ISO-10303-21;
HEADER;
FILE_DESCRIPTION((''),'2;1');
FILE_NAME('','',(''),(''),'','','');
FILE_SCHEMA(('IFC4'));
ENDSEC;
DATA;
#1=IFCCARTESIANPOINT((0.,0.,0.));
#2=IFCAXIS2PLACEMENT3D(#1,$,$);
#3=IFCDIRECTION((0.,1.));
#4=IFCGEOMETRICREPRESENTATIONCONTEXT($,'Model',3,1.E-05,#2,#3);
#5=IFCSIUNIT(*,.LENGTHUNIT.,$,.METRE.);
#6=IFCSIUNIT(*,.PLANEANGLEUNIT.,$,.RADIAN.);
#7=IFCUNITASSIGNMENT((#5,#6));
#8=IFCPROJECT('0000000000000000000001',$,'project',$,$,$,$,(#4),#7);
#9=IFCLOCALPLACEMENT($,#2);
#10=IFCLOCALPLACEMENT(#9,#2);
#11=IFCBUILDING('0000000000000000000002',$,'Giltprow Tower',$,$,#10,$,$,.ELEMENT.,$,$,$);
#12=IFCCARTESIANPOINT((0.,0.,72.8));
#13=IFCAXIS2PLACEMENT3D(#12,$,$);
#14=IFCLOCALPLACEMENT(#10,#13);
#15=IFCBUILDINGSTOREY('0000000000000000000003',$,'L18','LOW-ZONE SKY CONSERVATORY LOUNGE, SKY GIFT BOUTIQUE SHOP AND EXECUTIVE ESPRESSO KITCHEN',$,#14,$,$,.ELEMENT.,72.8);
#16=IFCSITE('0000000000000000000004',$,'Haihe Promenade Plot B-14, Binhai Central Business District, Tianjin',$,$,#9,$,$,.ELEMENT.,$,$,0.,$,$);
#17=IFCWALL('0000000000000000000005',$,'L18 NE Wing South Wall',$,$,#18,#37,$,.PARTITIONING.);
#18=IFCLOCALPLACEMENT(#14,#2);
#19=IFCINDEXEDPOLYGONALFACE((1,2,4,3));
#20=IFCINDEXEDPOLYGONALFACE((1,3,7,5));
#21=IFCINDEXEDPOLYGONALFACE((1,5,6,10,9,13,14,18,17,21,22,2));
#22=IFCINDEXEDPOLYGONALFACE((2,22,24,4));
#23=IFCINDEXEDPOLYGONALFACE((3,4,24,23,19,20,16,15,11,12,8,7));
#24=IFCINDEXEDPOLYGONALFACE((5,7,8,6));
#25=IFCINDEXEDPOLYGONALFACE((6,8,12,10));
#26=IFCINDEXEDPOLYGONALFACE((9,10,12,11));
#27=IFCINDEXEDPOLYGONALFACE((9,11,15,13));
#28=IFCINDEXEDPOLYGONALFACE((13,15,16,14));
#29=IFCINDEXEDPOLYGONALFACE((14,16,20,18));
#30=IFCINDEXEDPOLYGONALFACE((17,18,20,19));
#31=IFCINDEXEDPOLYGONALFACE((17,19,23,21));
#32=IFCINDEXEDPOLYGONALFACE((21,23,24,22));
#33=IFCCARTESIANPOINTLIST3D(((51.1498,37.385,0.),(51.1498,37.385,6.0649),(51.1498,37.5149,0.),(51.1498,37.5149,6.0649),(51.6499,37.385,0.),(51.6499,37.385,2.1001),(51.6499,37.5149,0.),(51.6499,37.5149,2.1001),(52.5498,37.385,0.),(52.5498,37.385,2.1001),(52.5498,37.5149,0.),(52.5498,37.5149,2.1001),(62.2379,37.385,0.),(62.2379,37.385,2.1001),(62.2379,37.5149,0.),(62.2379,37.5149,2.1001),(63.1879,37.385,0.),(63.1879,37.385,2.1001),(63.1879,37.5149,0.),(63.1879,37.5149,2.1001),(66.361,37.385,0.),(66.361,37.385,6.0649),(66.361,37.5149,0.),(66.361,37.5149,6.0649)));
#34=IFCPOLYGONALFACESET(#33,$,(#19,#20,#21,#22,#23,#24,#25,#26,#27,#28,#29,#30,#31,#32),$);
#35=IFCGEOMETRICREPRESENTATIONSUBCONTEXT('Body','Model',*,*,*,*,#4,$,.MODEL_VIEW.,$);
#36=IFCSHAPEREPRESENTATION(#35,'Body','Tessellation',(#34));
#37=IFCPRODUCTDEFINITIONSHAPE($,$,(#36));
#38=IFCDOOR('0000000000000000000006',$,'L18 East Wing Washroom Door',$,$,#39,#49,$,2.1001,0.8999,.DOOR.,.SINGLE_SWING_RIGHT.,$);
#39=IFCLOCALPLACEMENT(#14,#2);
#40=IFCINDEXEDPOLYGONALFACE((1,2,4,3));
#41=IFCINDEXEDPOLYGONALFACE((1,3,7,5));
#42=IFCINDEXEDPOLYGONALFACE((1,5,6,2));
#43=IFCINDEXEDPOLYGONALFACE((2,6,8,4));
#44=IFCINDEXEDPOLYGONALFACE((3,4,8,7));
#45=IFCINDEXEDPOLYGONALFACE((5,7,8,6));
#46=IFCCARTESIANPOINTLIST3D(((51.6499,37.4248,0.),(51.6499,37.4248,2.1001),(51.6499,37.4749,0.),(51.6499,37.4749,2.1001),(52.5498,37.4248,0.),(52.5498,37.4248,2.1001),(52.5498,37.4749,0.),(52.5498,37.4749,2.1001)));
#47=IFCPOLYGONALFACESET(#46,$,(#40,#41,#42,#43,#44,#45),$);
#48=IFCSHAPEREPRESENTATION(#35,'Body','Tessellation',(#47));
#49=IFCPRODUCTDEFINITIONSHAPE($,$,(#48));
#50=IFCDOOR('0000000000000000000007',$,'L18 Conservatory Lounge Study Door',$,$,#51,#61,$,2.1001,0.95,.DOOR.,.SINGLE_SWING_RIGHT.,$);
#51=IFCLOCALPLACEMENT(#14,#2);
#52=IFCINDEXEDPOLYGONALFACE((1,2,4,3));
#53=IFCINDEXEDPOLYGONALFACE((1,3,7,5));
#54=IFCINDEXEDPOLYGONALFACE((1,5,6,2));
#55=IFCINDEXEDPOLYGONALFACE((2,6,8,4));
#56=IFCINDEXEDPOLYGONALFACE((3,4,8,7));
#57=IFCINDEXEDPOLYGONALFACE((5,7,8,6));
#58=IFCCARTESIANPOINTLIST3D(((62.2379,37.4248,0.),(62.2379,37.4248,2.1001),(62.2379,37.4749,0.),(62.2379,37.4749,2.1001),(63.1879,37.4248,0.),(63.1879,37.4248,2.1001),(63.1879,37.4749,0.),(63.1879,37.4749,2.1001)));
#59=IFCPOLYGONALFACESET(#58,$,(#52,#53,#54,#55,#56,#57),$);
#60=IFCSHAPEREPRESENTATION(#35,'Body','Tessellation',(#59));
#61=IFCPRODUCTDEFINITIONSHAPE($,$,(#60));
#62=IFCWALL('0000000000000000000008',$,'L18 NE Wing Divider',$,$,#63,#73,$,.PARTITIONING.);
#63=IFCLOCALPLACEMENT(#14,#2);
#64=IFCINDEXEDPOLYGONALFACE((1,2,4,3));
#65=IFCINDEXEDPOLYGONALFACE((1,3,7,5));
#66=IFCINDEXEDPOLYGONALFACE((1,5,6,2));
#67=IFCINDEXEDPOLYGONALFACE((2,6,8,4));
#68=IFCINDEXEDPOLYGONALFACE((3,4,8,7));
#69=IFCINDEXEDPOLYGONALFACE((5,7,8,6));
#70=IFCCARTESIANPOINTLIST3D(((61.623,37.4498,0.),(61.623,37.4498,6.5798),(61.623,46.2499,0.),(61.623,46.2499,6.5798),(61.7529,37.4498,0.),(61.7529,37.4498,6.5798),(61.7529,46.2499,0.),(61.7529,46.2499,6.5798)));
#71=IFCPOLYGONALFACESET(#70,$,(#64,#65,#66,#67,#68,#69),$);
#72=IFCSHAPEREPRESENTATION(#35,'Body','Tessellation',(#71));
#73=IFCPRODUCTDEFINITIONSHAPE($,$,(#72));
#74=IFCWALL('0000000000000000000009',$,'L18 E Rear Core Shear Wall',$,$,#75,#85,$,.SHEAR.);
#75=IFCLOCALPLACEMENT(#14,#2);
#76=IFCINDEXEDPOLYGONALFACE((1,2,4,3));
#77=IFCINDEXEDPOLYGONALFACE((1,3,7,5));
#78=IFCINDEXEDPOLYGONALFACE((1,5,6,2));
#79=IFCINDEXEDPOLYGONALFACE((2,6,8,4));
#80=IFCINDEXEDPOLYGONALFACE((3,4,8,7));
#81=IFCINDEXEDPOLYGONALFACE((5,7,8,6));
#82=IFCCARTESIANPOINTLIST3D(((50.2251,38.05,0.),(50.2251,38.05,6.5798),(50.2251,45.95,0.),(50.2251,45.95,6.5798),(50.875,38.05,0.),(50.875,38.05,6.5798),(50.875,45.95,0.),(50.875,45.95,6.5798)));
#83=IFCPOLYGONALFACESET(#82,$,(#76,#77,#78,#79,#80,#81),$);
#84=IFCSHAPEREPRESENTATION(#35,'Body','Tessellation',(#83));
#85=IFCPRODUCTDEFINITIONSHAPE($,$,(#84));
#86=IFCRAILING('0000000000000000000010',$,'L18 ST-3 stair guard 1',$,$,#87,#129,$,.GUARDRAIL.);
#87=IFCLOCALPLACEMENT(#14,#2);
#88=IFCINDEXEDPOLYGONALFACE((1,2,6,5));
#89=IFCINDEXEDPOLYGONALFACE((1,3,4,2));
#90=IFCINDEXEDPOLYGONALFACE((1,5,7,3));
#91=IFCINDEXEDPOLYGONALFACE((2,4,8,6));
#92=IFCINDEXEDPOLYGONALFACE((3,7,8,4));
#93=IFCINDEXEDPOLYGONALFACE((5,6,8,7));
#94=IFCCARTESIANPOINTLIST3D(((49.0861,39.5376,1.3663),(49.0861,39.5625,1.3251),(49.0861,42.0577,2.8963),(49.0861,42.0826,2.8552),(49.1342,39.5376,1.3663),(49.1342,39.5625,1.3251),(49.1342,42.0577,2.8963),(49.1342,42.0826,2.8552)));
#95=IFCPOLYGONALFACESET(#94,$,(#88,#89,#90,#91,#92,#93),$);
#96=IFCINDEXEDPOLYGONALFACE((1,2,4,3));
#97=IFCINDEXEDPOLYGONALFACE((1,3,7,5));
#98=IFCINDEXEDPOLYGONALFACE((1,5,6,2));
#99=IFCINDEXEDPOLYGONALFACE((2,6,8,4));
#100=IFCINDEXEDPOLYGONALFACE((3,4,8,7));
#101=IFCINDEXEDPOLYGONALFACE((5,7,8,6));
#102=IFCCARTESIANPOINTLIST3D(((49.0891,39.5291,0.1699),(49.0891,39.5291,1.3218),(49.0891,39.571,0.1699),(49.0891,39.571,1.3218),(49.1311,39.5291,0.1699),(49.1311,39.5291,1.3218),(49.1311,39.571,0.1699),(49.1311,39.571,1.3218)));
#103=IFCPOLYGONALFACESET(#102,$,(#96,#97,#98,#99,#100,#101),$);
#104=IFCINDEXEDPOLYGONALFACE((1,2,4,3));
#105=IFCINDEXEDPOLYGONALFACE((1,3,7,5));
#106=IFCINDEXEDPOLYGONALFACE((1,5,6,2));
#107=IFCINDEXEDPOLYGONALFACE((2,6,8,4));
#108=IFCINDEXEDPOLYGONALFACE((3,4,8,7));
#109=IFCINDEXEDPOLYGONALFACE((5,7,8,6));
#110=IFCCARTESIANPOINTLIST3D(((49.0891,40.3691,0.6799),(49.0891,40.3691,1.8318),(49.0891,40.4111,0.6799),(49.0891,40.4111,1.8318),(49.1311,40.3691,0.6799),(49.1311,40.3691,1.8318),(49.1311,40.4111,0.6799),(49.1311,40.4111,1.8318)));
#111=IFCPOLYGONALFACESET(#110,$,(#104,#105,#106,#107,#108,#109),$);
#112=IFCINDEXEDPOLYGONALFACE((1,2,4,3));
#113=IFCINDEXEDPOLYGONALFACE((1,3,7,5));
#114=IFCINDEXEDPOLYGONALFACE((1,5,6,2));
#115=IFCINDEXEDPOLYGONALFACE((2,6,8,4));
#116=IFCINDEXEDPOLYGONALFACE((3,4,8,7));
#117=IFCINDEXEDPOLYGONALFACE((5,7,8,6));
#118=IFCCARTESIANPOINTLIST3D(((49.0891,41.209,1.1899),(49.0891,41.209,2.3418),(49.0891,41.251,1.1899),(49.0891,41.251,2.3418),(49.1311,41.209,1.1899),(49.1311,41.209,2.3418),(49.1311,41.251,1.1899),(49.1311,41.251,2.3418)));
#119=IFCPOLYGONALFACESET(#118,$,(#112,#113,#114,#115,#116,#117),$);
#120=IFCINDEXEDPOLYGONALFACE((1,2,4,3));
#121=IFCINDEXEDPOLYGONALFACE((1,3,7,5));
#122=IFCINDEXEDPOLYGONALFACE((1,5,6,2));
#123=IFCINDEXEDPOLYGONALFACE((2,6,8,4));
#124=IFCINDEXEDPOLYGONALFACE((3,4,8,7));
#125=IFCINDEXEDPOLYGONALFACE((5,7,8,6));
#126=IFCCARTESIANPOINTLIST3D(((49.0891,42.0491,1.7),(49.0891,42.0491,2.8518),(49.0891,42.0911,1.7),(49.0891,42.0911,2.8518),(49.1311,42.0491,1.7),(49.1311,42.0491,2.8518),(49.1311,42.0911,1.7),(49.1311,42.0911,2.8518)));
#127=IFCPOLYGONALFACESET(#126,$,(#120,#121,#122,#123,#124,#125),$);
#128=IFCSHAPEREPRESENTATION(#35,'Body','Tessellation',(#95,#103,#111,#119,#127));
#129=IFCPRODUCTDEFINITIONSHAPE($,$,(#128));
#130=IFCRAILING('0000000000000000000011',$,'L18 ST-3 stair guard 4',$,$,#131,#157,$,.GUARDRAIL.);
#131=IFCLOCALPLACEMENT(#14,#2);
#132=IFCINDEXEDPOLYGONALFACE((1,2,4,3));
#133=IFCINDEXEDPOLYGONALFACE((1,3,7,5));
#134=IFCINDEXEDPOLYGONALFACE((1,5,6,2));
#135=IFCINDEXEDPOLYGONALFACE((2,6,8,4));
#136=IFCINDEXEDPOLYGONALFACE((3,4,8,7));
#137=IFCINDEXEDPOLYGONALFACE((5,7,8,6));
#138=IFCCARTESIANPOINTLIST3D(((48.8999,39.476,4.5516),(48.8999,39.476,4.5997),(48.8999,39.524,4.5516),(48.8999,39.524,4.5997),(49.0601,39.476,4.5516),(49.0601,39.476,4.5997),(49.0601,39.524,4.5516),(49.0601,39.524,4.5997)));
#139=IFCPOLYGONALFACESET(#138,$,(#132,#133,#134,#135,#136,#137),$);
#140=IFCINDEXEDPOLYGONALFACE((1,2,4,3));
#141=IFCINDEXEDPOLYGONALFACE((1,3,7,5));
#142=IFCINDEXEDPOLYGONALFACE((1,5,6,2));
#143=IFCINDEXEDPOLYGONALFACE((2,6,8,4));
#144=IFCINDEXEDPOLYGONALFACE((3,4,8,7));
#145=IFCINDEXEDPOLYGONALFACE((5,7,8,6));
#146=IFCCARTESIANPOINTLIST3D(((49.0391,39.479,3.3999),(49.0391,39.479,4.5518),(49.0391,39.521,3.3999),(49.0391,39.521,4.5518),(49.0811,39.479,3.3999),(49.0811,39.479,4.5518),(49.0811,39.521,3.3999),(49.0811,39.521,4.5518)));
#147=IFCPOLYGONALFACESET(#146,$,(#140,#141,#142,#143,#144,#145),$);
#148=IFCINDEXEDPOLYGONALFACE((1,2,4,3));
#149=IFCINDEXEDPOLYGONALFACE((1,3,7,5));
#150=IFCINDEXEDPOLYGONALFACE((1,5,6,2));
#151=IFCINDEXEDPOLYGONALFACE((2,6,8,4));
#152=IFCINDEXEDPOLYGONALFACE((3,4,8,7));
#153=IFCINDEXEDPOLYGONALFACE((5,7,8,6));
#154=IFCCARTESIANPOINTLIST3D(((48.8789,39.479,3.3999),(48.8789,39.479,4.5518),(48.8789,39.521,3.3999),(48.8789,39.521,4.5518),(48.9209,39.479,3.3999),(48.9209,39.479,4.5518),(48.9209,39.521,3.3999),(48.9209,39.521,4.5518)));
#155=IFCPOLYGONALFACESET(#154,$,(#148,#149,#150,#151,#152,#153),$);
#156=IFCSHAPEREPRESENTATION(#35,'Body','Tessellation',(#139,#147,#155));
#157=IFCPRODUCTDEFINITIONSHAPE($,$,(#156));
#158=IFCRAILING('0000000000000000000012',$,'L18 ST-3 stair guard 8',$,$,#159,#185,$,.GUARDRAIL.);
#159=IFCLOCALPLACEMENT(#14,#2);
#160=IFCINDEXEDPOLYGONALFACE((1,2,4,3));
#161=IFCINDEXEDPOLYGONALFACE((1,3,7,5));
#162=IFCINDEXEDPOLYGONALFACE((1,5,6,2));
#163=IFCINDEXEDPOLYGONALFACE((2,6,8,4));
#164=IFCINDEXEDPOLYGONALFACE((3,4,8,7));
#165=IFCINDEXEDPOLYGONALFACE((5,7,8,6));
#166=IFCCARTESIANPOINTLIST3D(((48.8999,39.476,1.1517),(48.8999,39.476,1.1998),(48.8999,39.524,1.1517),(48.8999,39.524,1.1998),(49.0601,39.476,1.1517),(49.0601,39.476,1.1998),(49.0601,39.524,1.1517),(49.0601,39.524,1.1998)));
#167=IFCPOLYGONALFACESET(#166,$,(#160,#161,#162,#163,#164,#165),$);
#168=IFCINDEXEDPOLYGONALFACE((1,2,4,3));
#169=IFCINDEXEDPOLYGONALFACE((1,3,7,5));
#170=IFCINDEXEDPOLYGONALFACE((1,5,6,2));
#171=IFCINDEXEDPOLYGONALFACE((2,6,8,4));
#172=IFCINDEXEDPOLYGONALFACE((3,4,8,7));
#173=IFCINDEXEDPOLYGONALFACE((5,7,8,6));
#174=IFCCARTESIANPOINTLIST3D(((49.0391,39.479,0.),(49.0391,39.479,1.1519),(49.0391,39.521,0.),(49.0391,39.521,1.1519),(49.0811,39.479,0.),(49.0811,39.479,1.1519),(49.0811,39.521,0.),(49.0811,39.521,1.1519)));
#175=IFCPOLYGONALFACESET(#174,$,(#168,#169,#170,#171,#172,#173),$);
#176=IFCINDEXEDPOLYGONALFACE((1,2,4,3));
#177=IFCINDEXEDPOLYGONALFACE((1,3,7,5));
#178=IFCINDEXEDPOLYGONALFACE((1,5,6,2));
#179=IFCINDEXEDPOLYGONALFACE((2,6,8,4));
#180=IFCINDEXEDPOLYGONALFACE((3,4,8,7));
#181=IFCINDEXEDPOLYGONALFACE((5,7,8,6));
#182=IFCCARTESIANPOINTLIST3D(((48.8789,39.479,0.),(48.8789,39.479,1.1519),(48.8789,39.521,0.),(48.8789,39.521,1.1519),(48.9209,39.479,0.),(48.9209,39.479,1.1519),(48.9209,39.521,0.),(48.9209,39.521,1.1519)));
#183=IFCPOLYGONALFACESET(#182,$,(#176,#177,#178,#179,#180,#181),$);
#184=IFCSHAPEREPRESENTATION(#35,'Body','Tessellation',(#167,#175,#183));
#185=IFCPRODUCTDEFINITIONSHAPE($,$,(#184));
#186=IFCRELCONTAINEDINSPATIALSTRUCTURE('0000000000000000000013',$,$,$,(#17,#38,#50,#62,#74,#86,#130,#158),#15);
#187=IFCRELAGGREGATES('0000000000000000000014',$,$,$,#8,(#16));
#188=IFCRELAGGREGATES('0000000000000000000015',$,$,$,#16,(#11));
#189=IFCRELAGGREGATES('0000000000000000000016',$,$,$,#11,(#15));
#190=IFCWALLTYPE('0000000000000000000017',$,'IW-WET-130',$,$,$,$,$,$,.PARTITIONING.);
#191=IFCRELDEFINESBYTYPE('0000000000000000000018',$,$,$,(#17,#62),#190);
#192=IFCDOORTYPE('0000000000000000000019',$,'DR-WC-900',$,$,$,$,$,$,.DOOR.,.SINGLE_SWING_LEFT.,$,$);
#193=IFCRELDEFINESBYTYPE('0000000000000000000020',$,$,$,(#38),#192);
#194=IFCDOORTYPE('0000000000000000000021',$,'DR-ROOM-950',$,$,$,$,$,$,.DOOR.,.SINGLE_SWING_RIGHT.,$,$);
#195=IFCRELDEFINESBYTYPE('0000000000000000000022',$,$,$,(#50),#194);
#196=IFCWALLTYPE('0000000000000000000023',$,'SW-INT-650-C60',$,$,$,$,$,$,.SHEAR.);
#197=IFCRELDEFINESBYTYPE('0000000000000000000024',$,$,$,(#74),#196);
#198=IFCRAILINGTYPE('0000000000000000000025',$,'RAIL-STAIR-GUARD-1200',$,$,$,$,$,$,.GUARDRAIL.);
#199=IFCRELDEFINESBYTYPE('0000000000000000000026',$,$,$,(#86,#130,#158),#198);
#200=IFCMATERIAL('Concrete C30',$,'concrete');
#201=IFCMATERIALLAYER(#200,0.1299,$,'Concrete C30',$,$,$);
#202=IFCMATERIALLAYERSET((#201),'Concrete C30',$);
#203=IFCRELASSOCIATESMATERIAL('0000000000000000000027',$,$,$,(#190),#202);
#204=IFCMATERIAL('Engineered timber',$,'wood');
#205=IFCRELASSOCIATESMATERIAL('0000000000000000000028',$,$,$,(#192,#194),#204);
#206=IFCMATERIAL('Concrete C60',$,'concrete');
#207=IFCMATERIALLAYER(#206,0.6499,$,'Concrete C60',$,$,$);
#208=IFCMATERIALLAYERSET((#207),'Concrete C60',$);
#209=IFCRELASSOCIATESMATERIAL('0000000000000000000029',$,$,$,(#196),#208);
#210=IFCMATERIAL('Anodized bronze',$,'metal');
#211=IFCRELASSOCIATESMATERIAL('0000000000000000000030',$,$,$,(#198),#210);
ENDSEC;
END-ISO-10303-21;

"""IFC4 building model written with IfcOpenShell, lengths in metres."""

from ifc_helpers import new_model, si_unit, direction, frame, frame_2d, origin, origin_2d, place, context, subcontext, project, spatial, rectangle, extrude, source, transform, mapped, material, layer, layer_set, type_object, element, fill, save


model = new_model("IFC4")

# Units and contexts
model_context = context("Model", 3, precision=1e-05, world=origin(), true_north=direction((0.0, 1.0)))
body_context = subcontext(model_context, "Body", "Model", "MODEL_VIEW")
ifc_project = project(units=[si_unit("LENGTHUNIT", "METRE"), si_unit("PLANEANGLEUNIT", "RADIAN")], contexts=[model_context])

# Site, building, storey
site_placement = place(None, origin())
site = spatial("IfcSite", under=ifc_project, at=site_placement, Name="Haihe Promenade Plot B-14, Binhai Central Business District, Tianjin", CompositionType="ELEMENT", RefElevation=0.0)
building_placement = place(site_placement, origin())
building = spatial("IfcBuilding", under=site, at=building_placement, Name="Giltprow Tower", CompositionType="ELEMENT")
storey_placement = place(building_placement, frame((0.0, 0.0, 72.8)))
storey = spatial("IfcBuildingStorey", under=building, at=storey_placement, Name="L18", Description="LOW-ZONE SKY CONSERVATORY LOUNGE, SKY GIFT BOUTIQUE SHOP AND EXECUTIVE ESPRESSO KITCHEN", CompositionType="ELEMENT", Elevation=72.8)

# Shared definitions
ifc_material_1 = material(Name="Concrete C60", Category="concrete")

# Shared definitions
ifc_material_2 = material(Name="Anodized bronze", Category="metal")

# Wall, openings, doors
ifc_material_3 = material(Name="Concrete C30", Category="concrete")
ifc_layer_1 = layer(ifc_material_3, 0.1299, Name="Concrete C30")
ifc_layer_set_1 = layer_set([ifc_layer_1], Name="Concrete C30")
wall_type_1 = type_object("IfcWallType", Name="IW-WET-130", PredefinedType="PARTITIONING", material=ifc_layer_set_1)
wall_1_placement = place(storey_placement, frame((51.1499, 37.45, 0.0), z_axis=(0.0, 0.0, 1.0), x_axis=(1.0, 0.0, 0.0)))
wall_1 = element("IfcWall", 1, at=wall_1_placement, inside=storey, type_object=wall_type_1, Name="L18 NE Wing South Wall", PredefinedType="PARTITIONING", context=body_context, shape_type="SweptSolid", body=[
    extrude(rectangle(XDim=15.2112, YDim=0.1299, at=frame_2d((7.6055, 0.0))), origin(), (0.0, 0.0, 1.0), 6.0649),
])
opening_1_placement = place(wall_1_placement, frame((0.5, 0.0, 0.0)))
opening_1 = element("IfcOpeningElement", 2, at=opening_1_placement, cuts=wall_1, PredefinedType="OPENING", context=body_context, shape_type="SweptSolid", body=[
    extrude(rectangle(XDim=0.8999, YDim=2.1001, at=frame_2d((0.45, 1.05))), frame((0.0, 0.075, 0.0), z_axis=(0.0, -1.0, 0.0), x_axis=(1.0, 0.0, 0.0)), (0.0, 0.0, 1.0), 0.1499),
])
opening_2_placement = place(wall_1_placement, frame((11.0879, 0.0, 0.0)))
opening_2 = element("IfcOpeningElement", 3, at=opening_2_placement, cuts=wall_1, PredefinedType="OPENING", context=body_context, shape_type="SweptSolid", body=[
    extrude(rectangle(XDim=0.95, YDim=2.1001, at=frame_2d((0.4751, 1.05))), frame((0.0, 0.075, 0.0), z_axis=(0.0, -1.0, 0.0), x_axis=(1.0, 0.0, 0.0)), (0.0, 0.0, 1.0), 0.1499),
])
ifc_material_4 = material(Name="Engineered timber", Category="wood")
door_type_1 = type_object("IfcDoorType", Name="DR-WC-900", OperationType="SINGLE_SWING_LEFT", PredefinedType="DOOR", material=ifc_material_4)
shared_shape_1 = source(origin(), body_context, "Body", "SweptSolid", [
    extrude(rectangle(XDim=0.8999, YDim=2.1001, at=frame_2d((0.45, 1.05))), frame((0.0, 0.0249, 0.0), z_axis=(0.0, -1.0, 0.0), x_axis=(1.0, 0.0, 0.0)), (0.0, 0.0, 1.0), 0.05),
])
door_1_placement = place(opening_1_placement, origin())
door_1 = element("IfcDoor", 4, at=door_1_placement, inside=storey, type_object=door_type_1, Name="L18 East Wing Washroom Door", OperationType="SINGLE_SWING_RIGHT", OverallHeight=2.1001, OverallWidth=0.8999, PredefinedType="DOOR", context=body_context, shape_type="MappedRepresentation", body=[
    mapped(shared_shape_1, transform((0.0, 0.0, 0.0), x_axis=(1.0, 0.0, 0.0), y_axis=(0.0, 1.0, 0.0), z_axis=(0.0, 0.0, 1.0), scale=1.0)),
])
fill(opening_1, door_1)
door_type_2 = type_object("IfcDoorType", Name="DR-ROOM-950", OperationType="SINGLE_SWING_RIGHT", PredefinedType="DOOR", material=ifc_material_4)
shared_shape_2 = source(origin(), body_context, "Body", "SweptSolid", [
    extrude(rectangle(XDim=0.95, YDim=2.1001, at=frame_2d((0.4751, 1.05))), frame((0.0, 0.0249, 0.0), z_axis=(0.0, -1.0, 0.0), x_axis=(1.0, 0.0, 0.0)), (0.0, 0.0, 1.0), 0.05),
])
door_2_placement = place(opening_2_placement, origin())
door_2 = element("IfcDoor", 5, at=door_2_placement, inside=storey, type_object=door_type_2, Name="L18 Conservatory Lounge Study Door", OperationType="SINGLE_SWING_RIGHT", OverallHeight=2.1001, OverallWidth=0.95, PredefinedType="DOOR", context=body_context, shape_type="MappedRepresentation", body=[
    mapped(shared_shape_2, transform((0.0, 0.0, 0.0), x_axis=(1.0, 0.0, 0.0), y_axis=(0.0, 1.0, 0.0), z_axis=(0.0, 0.0, 1.0), scale=1.0)),
])
fill(opening_2, door_2)

# Walls
wall_2_placement = place(storey_placement, frame((61.688, 37.45, 0.0), z_axis=(0.0, 0.0, 1.0), x_axis=(0.0, 1.0, 0.0)))
element("IfcWall", 6, at=wall_2_placement, inside=storey, type_object=wall_type_1, Name="L18 NE Wing Divider", PredefinedType="PARTITIONING", context=body_context, shape_type="SweptSolid", body=[
    extrude(rectangle(XDim=8.8, YDim=0.1299, at=frame_2d((4.3999, 0.0))), origin(), (0.0, 0.0, 1.0), 6.5798),
])
ifc_layer_2 = layer(ifc_material_1, 0.6499, Name="Concrete C60")
ifc_layer_set_2 = layer_set([ifc_layer_2], Name="Concrete C60")
wall_type_2 = type_object("IfcWallType", Name="SW-INT-650-C60", PredefinedType="SHEAR", material=ifc_layer_set_2)
wall_3_placement = place(storey_placement, frame((50.55, 38.05, 0.0), z_axis=(0.0, 0.0, 1.0), x_axis=(0.0, 1.0, 0.0)))
element("IfcWall", 7, at=wall_3_placement, inside=storey, type_object=wall_type_2, Name="L18 E Rear Core Shear Wall", PredefinedType="SHEAR", context=body_context, shape_type="SweptSolid", body=[
    extrude(rectangle(XDim=7.8999, YDim=0.6499, at=frame_2d((3.95, 0.0))), origin(), (0.0, 0.0, 1.0), 6.5798),
])

# Railings
railing_type = type_object("IfcRailingType", Name="RAIL-STAIR-GUARD-1200", PredefinedType="GUARDRAIL", material=ifc_material_2)
railing_placement = place(storey_placement, frame((49.1101, 39.55, 0.1699)))
element("IfcRailing", 8, at=railing_placement, inside=storey, type_object=railing_type, Name="L18 ST-3 stair guard 1", PredefinedType="GUARDRAIL", context=body_context, shape_type="SweptSolid", body=[
    extrude(rectangle(XDim=0.0481, YDim=0.0481, at=origin_2d()), frame((0.0, 0.0, 1.1758), z_axis=(0.0, 0.854785, 0.518982), x_axis=(-1.0, 0.0, 0.0)), (0.0, 0.0, 1.0), 2.9482),
    extrude(rectangle(XDim=0.042, YDim=0.042, at=origin_2d()), origin(), (0.0, 0.0, 1.0), 1.1519),
    extrude(rectangle(XDim=0.042, YDim=0.042, at=origin_2d()), frame((0.0, 0.8401, 0.51)), (0.0, 0.0, 1.0), 1.1519),
    extrude(rectangle(XDim=0.042, YDim=0.042, at=origin_2d()), frame((0.0, 1.6799, 1.02)), (0.0, 0.0, 1.0), 1.1519),
    extrude(rectangle(XDim=0.042, YDim=0.042, at=origin_2d()), frame((0.0, 2.52, 1.53)), (0.0, 0.0, 1.0), 1.1519),
])
for number, where, name in (
    (9, (49.0601, 39.5, 3.3999), "L18 ST-3 stair guard 4"),
    (10, (49.0601, 39.5, 0.0), "L18 ST-3 stair guard 8"),
):
    element("IfcRailing", number, at=place(storey_placement, frame(where)), inside=storey, type_object=railing_type, Name=name, PredefinedType="GUARDRAIL", context=body_context, shape_type="SweptSolid", body=[
        extrude(rectangle(XDim=0.0481, YDim=0.0481, at=origin_2d()), frame((0.0, 0.0, 1.1758), z_axis=(-1.0, 0.0, 0.0), x_axis=(0.0, -1.0, 0.0)), (0.0, 0.0, 1.0), 0.1602),
        extrude(rectangle(XDim=0.042, YDim=0.042, at=origin_2d()), origin(), (0.0, 0.0, 1.0), 1.1519),
        extrude(rectangle(XDim=0.042, YDim=0.042, at=origin_2d()), frame((-0.1602, 0.0, 0.0)), (0.0, 0.0, 1.0), 1.1519),
    ])

save(model, "model.ifc")
